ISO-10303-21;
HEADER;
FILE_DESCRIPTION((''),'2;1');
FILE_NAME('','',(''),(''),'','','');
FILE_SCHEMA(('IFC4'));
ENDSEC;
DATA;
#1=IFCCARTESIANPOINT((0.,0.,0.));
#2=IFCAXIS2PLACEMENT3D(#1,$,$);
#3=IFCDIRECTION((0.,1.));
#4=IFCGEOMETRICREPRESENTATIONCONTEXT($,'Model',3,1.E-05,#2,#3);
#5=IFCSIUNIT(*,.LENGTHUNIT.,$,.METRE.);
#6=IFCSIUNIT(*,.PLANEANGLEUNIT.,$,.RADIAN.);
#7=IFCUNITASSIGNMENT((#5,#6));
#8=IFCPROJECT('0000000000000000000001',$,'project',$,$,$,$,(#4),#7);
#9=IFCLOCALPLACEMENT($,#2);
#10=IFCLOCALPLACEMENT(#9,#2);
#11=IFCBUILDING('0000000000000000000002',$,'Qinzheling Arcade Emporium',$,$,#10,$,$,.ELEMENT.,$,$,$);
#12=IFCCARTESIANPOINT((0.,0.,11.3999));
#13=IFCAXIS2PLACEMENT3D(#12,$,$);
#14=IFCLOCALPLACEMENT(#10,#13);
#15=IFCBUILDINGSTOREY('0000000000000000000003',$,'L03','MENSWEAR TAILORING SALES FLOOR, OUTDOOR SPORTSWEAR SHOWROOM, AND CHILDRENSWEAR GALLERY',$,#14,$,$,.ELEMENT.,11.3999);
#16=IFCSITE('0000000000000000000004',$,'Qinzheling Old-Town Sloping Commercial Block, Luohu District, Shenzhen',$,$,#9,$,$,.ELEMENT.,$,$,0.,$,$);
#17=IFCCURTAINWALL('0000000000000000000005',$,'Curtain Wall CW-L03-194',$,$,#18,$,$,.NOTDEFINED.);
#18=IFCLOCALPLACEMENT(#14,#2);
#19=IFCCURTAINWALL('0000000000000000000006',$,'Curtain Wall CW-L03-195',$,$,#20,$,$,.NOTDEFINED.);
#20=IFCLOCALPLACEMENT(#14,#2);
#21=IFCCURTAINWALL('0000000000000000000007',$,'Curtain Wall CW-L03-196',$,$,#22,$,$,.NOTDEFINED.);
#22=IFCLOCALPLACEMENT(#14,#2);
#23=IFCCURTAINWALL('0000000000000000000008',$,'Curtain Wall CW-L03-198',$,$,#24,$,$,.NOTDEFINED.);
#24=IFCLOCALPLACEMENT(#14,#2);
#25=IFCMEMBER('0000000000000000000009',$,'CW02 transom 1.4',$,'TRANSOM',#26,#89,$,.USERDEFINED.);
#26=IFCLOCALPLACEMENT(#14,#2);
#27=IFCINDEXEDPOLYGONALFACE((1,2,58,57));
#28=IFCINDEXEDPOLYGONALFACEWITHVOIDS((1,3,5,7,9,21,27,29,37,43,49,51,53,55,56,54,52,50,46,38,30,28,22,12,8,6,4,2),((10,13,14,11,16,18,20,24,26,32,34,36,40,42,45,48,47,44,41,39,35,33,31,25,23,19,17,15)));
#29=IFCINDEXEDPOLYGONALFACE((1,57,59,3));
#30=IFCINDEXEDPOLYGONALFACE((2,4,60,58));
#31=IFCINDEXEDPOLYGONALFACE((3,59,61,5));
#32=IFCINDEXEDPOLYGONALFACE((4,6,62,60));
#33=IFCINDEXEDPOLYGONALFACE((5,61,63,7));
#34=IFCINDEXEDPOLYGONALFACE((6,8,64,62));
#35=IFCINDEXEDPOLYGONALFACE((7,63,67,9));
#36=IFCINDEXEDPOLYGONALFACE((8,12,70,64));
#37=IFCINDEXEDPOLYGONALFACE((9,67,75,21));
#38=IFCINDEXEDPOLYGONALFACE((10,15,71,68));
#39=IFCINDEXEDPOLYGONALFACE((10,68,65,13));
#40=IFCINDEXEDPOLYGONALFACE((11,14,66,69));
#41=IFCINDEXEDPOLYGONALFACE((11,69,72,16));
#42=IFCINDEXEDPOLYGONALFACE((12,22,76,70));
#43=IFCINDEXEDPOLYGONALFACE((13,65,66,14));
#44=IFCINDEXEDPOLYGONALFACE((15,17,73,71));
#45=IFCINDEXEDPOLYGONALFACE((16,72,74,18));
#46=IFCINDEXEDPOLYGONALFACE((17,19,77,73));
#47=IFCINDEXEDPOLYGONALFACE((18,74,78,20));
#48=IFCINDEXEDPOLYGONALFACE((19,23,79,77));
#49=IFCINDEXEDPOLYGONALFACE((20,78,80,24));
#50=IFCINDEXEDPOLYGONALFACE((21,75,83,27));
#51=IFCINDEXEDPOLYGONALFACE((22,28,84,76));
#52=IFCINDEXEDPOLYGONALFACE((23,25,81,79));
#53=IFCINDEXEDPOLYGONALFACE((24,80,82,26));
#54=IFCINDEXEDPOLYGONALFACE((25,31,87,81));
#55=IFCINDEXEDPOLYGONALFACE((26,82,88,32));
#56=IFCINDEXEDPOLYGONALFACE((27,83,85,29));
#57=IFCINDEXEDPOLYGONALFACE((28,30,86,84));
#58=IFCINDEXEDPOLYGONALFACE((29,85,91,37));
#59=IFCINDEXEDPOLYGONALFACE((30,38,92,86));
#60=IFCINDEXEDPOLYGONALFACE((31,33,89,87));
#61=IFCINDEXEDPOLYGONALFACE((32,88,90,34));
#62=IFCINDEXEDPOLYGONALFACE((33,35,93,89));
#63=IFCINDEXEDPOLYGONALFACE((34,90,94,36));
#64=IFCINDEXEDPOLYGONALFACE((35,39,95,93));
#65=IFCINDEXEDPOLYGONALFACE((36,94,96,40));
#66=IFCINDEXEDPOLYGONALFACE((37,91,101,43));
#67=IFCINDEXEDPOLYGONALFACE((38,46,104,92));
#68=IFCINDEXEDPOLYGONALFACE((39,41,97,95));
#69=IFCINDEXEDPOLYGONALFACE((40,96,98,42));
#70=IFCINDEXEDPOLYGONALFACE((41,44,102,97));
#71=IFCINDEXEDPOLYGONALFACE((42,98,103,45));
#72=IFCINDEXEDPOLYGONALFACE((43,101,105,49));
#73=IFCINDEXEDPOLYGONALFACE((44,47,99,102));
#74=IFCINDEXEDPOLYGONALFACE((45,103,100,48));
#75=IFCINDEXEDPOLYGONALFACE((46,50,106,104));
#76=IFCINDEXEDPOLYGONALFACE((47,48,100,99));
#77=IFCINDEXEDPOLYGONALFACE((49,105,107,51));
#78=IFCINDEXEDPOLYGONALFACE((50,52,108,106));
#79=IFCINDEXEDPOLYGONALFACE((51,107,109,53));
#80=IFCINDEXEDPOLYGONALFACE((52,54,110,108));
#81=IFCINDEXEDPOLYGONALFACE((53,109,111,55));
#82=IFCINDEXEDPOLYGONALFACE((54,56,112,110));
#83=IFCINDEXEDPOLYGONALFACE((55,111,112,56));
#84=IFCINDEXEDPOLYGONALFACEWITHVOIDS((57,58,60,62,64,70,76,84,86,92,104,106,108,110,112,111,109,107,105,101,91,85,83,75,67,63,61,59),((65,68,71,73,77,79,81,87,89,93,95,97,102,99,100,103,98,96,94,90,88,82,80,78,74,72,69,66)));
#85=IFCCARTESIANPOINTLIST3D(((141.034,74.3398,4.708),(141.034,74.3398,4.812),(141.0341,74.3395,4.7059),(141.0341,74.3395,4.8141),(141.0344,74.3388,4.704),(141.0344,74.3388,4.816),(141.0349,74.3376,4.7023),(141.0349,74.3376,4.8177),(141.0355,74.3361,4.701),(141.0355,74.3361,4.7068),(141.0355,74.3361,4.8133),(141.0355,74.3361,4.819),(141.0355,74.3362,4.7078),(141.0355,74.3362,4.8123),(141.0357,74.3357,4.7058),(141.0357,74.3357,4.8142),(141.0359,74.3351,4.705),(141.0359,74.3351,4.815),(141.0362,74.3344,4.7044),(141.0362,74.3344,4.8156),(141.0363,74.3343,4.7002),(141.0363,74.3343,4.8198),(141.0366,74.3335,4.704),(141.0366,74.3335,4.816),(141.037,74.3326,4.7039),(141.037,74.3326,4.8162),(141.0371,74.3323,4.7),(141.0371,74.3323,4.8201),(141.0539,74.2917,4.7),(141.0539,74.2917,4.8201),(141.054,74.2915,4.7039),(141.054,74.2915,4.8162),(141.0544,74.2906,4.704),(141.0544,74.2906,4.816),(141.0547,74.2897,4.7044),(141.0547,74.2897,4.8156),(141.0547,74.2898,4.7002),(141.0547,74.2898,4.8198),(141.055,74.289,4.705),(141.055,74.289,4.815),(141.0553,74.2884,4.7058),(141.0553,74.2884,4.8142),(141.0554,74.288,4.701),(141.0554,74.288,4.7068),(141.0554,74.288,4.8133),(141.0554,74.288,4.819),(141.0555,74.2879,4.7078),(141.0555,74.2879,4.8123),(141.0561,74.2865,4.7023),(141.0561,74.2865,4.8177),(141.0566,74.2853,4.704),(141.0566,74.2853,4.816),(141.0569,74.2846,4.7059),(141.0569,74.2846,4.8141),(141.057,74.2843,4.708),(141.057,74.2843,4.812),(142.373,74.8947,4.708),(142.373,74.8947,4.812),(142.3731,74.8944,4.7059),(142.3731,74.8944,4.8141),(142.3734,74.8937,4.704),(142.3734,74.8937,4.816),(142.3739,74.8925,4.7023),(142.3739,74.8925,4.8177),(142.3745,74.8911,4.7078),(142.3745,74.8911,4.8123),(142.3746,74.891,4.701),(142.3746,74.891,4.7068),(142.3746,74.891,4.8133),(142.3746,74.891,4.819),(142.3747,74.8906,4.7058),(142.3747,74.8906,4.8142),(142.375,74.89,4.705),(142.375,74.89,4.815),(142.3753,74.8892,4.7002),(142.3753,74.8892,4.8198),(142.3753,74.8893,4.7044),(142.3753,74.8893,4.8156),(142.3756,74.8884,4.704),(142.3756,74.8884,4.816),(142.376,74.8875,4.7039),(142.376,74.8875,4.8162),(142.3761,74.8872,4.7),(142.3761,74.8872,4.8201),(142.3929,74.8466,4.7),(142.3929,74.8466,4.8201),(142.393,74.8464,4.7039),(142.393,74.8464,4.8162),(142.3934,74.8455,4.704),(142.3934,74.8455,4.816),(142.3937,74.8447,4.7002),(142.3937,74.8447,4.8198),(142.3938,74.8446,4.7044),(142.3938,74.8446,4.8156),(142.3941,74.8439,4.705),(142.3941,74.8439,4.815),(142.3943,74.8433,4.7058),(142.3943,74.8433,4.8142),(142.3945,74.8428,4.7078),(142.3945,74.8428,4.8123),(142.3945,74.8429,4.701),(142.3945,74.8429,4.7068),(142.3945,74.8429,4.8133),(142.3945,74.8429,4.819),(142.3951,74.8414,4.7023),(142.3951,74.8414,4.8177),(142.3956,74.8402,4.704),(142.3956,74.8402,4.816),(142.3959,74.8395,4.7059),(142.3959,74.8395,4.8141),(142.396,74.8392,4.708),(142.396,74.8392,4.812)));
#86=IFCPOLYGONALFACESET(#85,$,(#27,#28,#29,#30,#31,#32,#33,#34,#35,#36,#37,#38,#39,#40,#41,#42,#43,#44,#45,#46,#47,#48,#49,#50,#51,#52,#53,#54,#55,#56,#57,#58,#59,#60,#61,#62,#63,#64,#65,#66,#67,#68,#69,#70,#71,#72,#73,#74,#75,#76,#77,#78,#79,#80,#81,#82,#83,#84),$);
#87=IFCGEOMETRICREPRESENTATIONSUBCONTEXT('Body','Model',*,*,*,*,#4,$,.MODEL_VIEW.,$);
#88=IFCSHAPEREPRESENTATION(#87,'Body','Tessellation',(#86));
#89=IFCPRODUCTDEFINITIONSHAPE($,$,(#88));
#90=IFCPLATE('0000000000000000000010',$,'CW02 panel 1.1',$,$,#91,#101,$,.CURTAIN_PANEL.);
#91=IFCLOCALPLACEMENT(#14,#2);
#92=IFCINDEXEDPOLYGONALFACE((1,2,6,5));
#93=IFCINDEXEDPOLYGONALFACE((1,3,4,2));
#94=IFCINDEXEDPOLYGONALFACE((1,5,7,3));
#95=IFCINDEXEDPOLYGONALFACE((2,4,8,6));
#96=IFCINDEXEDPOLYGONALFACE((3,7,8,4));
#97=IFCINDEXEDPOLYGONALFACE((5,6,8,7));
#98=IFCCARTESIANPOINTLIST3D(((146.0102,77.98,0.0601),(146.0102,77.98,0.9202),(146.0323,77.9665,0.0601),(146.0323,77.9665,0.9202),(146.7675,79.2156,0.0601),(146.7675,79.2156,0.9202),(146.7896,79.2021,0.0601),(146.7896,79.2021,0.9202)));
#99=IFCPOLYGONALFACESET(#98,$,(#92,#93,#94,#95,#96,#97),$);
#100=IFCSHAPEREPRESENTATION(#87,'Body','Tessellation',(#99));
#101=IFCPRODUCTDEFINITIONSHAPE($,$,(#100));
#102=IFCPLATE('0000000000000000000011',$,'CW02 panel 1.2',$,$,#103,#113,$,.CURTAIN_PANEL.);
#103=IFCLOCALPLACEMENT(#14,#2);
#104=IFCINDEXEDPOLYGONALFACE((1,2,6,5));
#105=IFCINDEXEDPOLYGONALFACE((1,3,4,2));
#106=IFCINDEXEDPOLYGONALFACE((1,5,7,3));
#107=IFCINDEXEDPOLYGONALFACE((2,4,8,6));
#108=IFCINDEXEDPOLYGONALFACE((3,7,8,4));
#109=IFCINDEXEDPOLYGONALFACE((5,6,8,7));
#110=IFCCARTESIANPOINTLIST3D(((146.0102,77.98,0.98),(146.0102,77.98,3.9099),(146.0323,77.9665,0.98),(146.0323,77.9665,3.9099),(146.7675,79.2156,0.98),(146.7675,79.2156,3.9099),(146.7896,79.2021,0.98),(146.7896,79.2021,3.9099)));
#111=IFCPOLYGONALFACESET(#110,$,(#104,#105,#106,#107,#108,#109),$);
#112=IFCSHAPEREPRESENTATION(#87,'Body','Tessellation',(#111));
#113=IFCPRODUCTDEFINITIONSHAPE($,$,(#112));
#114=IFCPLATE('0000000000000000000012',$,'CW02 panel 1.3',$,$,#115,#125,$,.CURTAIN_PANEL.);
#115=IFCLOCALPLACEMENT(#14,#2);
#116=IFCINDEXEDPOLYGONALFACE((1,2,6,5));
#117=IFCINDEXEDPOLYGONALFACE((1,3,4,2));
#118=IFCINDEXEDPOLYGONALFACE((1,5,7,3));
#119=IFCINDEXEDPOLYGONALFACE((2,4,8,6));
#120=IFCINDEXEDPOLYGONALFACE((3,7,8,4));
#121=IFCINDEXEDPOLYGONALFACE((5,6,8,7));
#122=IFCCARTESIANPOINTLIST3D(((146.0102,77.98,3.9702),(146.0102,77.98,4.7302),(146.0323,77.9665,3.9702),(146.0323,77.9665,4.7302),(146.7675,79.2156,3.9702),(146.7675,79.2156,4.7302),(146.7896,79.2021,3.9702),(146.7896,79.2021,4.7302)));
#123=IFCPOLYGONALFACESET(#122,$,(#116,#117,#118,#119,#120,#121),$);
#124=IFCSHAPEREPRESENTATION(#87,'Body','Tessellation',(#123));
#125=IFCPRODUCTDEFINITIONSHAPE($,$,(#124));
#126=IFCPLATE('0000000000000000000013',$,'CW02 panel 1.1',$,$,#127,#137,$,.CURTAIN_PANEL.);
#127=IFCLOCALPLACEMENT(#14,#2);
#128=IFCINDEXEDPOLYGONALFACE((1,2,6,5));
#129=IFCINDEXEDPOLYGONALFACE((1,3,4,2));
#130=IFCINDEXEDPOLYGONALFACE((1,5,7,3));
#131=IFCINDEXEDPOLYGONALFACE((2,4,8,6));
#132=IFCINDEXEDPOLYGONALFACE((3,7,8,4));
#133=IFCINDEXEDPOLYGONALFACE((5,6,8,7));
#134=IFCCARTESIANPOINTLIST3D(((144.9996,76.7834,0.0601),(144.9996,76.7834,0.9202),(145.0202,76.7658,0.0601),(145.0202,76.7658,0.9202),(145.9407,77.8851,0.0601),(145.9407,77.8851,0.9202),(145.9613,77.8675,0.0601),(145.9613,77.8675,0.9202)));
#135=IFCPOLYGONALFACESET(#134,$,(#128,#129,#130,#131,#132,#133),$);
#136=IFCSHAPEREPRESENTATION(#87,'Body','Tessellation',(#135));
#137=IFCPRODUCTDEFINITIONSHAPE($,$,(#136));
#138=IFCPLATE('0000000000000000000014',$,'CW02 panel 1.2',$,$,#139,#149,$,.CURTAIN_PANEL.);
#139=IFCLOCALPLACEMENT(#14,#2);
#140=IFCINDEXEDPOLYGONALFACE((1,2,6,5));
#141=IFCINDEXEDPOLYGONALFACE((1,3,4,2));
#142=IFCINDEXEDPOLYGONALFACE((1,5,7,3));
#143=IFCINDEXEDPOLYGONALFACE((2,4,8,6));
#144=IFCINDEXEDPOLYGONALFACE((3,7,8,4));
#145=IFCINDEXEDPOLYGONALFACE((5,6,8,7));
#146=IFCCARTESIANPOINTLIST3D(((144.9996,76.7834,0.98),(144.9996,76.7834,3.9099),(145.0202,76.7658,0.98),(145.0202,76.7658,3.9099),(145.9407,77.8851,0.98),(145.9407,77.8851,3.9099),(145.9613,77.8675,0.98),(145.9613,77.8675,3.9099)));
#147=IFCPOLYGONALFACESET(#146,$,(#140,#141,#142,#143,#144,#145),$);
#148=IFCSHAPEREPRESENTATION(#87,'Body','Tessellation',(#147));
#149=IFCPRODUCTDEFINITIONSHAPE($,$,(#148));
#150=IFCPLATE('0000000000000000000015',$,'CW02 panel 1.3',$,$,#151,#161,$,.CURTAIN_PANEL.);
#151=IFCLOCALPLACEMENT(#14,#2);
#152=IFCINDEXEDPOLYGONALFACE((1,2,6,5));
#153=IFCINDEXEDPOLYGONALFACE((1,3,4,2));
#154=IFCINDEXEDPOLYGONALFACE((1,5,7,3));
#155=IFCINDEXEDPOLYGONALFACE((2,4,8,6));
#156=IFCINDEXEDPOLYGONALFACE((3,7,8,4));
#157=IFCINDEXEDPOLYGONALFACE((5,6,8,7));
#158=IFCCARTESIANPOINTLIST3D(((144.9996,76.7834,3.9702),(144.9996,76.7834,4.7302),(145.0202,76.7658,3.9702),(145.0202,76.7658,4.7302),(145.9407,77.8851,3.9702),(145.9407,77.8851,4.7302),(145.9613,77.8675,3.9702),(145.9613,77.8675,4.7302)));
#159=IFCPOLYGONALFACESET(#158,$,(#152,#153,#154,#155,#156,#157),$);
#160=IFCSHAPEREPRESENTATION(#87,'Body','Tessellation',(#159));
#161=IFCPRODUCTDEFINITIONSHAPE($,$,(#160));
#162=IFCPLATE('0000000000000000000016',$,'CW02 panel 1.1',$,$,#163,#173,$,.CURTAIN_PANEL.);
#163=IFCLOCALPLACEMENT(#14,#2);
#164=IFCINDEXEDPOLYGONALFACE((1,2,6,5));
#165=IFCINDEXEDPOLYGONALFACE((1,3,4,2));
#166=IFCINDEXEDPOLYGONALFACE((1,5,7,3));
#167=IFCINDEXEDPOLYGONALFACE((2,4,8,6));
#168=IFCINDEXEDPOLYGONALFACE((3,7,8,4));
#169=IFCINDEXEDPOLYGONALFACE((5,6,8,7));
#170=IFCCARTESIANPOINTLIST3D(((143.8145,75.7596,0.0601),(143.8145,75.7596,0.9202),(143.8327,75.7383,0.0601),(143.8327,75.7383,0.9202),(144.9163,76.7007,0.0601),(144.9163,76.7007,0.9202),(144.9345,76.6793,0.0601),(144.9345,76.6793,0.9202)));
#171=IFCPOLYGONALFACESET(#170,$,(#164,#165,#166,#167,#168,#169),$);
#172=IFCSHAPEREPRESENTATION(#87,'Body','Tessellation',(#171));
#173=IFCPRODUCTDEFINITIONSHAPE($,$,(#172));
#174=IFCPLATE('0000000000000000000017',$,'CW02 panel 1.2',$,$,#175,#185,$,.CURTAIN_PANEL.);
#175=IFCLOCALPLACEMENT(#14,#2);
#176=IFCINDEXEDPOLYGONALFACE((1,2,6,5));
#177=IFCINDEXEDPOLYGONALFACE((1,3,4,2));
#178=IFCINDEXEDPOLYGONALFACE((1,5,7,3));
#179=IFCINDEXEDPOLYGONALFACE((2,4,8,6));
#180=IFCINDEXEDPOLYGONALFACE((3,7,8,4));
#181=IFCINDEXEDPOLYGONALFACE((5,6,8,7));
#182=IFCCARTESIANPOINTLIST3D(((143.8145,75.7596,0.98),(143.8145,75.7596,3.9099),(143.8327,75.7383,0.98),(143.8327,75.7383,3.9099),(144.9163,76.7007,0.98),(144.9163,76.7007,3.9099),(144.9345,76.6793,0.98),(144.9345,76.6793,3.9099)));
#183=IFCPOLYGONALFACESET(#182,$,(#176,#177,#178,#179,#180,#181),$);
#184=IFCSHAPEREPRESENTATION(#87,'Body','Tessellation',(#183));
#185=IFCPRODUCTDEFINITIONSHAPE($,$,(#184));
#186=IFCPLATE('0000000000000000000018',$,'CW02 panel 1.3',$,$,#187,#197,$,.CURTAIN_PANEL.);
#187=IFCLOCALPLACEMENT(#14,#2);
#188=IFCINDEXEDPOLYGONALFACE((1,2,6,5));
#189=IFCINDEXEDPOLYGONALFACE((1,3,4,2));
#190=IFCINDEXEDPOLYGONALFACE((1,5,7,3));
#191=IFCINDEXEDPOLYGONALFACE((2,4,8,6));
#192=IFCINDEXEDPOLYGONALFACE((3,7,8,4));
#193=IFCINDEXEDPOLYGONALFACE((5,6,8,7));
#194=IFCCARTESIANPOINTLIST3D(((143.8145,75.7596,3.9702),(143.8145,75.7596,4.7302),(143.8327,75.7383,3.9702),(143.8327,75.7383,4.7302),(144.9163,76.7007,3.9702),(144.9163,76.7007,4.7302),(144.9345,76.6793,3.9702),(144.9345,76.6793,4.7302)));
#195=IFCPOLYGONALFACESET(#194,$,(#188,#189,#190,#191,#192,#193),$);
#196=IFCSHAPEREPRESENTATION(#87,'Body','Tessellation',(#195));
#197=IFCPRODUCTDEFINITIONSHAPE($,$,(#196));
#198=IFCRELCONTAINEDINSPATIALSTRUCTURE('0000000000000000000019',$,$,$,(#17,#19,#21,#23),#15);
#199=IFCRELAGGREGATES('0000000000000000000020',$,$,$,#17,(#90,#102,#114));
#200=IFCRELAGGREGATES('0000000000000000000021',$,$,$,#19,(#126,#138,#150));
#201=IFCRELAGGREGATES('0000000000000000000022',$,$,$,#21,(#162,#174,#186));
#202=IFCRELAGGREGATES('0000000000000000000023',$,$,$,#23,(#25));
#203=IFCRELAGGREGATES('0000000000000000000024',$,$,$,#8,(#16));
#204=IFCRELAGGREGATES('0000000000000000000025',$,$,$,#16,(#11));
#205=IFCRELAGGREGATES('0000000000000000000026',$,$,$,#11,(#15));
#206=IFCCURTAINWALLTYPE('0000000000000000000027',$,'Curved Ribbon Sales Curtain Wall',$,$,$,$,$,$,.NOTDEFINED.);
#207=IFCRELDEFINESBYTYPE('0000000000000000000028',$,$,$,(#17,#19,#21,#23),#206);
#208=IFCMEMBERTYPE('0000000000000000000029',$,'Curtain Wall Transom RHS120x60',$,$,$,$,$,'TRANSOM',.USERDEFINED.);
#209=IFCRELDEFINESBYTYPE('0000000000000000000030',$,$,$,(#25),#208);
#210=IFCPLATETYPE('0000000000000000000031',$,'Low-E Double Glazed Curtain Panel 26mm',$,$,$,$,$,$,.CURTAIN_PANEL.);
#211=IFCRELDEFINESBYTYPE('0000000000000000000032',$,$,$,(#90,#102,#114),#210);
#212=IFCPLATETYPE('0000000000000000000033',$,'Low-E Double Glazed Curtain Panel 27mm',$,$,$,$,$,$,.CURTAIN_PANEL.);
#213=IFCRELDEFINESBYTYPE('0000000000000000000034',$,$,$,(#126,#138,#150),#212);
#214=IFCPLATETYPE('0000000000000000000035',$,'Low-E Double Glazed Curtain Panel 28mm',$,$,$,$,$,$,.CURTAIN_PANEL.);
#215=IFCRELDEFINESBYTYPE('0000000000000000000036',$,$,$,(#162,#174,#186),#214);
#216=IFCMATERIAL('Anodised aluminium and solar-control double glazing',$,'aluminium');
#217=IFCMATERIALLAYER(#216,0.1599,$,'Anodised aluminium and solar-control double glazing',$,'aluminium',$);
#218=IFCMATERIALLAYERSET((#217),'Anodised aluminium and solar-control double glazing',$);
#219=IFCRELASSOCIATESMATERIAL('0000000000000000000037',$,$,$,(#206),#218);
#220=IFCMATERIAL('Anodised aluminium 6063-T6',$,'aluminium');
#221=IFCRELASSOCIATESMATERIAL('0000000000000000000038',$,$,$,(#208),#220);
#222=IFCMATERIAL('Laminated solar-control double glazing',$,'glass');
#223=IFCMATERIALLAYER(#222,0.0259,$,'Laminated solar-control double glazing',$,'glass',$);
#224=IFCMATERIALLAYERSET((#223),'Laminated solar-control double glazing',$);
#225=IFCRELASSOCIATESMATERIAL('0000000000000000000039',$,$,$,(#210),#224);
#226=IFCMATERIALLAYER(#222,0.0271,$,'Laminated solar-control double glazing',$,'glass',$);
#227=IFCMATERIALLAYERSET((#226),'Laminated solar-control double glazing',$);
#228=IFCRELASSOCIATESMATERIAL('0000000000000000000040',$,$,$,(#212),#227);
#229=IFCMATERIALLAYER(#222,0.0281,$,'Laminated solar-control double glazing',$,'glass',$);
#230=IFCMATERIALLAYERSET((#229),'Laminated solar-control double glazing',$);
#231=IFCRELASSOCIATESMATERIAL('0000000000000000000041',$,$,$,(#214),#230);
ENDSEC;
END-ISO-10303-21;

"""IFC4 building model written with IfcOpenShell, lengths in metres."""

from ifc_helpers import new_model, si_unit, direction, frame, origin, origin_2d, place, context, subcontext, project, spatial, rectangle, hollow_rectangle, extrude, material, layer, layer_set, material_profile, profile_set, type_object, element, aggregate, save


model = new_model("IFC4")

# Units and contexts
model_context = context("Model", 3, precision=1e-05, world=origin(), true_north=direction((0.0, 1.0)))
body_context = subcontext(model_context, "Body", "Model", "MODEL_VIEW")
ifc_project = project(units=[si_unit("LENGTHUNIT", "METRE"), si_unit("PLANEANGLEUNIT", "RADIAN")], contexts=[model_context])

# Site, building, storey
site_placement = place(None, origin())
site = spatial("IfcSite", under=ifc_project, at=site_placement, Name="Qinzheling Old-Town Sloping Commercial Block, Luohu District, Shenzhen", CompositionType="ELEMENT", RefElevation=0.0)
building_placement = place(site_placement, origin())
building = spatial("IfcBuilding", under=site, at=building_placement, Name="Qinzheling Arcade Emporium", CompositionType="ELEMENT")
storey_placement = place(building_placement, frame((0.0, 0.0, 11.3999)))
storey = spatial("IfcBuildingStorey", under=building, at=storey_placement, Name="L03", Description="MENSWEAR TAILORING SALES FLOOR, OUTDOOR SPORTSWEAR SHOWROOM, AND CHILDRENSWEAR GALLERY", CompositionType="ELEMENT", Elevation=11.3999)

# Curtain wall
ifc_material_1 = material(Name="Anodised aluminium and solar-control double glazing", Category="aluminium")
ifc_layer_1 = layer(ifc_material_1, 0.1599, Name="Anodised aluminium and solar-control double glazing", Category="aluminium")
ifc_layer_set_1 = layer_set([ifc_layer_1], Name="Anodised aluminium and solar-control double glazing")
curtain_wall_type = type_object("IfcCurtainWallType", Name="Curved Ribbon Sales Curtain Wall", PredefinedType="NOTDEFINED", material=ifc_layer_set_1)
curtain_wall_1_placement = place(storey_placement, origin())
curtain_wall_1 = element("IfcCurtainWall", 1, at=curtain_wall_1_placement, inside=storey, type_object=curtain_wall_type, Name="Curtain Wall CW-L03-194", PredefinedType="NOTDEFINED")
ifc_material_2 = material(Name="Anodised aluminium 6063-T6", Category="aluminium")

# Curtain walls
curtain_wall_2_placement = place(storey_placement, origin())
curtain_wall_2 = element("IfcCurtainWall", 2, at=curtain_wall_2_placement, inside=storey, type_object=curtain_wall_type, Name="Curtain Wall CW-L03-195", PredefinedType="NOTDEFINED")
curtain_wall_3_placement = place(storey_placement, origin())
curtain_wall_3 = element("IfcCurtainWall", 3, at=curtain_wall_3_placement, inside=storey, type_object=curtain_wall_type, Name="Curtain Wall CW-L03-196", PredefinedType="NOTDEFINED")
curtain_wall_4_placement = place(storey_placement, origin())
curtain_wall_4 = element("IfcCurtainWall", 4, at=curtain_wall_4_placement, inside=storey, type_object=curtain_wall_type, Name="Curtain Wall CW-L03-198", PredefinedType="NOTDEFINED")

# Member
ifc_material_profile_1 = material_profile(ifc_material_2, hollow_rectangle(XDim=0.0601, YDim=0.1201, WallThickness=0.0039, InnerFilletRadius=0.0039, OuterFilletRadius=0.0081, at=origin_2d()), Name="RHS 120x60x4", Category="aluminium")
ifc_profile_set_1 = profile_set([ifc_material_profile_1], Name="Anodised aluminium 6063-T6")
member_type_1 = type_object("IfcMemberType", Name="Curtain Wall Transom RHS120x60", ElementType="TRANSOM", PredefinedType="USERDEFINED", material=ifc_profile_set_1)
member_1_placement = place(storey_placement, frame((142.3845, 74.8669, 4.76), z_axis=(-0.923818, -0.382833, 0.0), x_axis=(0.382833, -0.923818, 0.0)))
member_1 = element("IfcMember", 5, at=member_1_placement, type_object=member_type_1, Name="CW02 transom 1.4", ObjectType="TRANSOM", PredefinedType="USERDEFINED", context=body_context, shape_type="SweptSolid", body=[
    extrude(hollow_rectangle(XDim=0.0601, YDim=0.1201, WallThickness=0.0039, InnerFilletRadius=0.0039, OuterFilletRadius=0.0081, at=origin_2d()), origin(), (0.0, 0.0, 1.0), 1.4495),
])

# Plates
ifc_material_3 = material(Name="Laminated solar-control double glazing", Category="glass")
ifc_layer_2 = layer(ifc_material_3, 0.0259, Name="Laminated solar-control double glazing", Category="glass")
ifc_layer_set_2 = layer_set([ifc_layer_2], Name="Laminated solar-control double glazing")
plate_type_1 = type_object("IfcPlateType", Name="Low-E Double Glazed Curtain Panel 26mm", PredefinedType="CURTAIN_PANEL", material=ifc_layer_set_2)
plate_1_placement = place(storey_placement, frame((146.3999, 78.5911, 0.0601), z_axis=(0.0, 0.0, 1.0), x_axis=(-0.522532, -0.85262, 0.0)))
plate_1 = element("IfcPlate", 6, at=plate_1_placement, type_object=plate_type_1, Name="CW02 panel 1.1", PredefinedType="CURTAIN_PANEL", context=body_context, shape_type="SweptSolid", body=[
    extrude(rectangle(XDim=1.4492, YDim=0.0259, at=origin_2d()), origin(), (0.0, 0.0, 1.0), 0.8601),
])
plate_2_placement = place(storey_placement, frame((146.3999, 78.5911, 0.98), z_axis=(0.0, 0.0, 1.0), x_axis=(-0.522532, -0.85262, 0.0)))
plate_2 = element("IfcPlate", 7, at=plate_2_placement, type_object=plate_type_1, Name="CW02 panel 1.2", PredefinedType="CURTAIN_PANEL", context=body_context, shape_type="SweptSolid", body=[
    extrude(rectangle(XDim=1.4492, YDim=0.0259, at=origin_2d()), origin(), (0.0, 0.0, 1.0), 2.9299),
])
plate_3_placement = place(storey_placement, frame((146.3999, 78.5911, 3.9702), z_axis=(0.0, 0.0, 1.0), x_axis=(-0.522532, -0.85262, 0.0)))
plate_3 = element("IfcPlate", 8, at=plate_3_placement, type_object=plate_type_1, Name="CW02 panel 1.3", PredefinedType="CURTAIN_PANEL", context=body_context, shape_type="SweptSolid", body=[
    extrude(rectangle(XDim=1.4492, YDim=0.0259, at=origin_2d()), origin(), (0.0, 0.0, 1.0), 0.76),
])
aggregate(curtain_wall_1, [plate_1, plate_2, plate_3])
ifc_layer_3 = layer(ifc_material_3, 0.0271, Name="Laminated solar-control double glazing", Category="glass")
ifc_layer_set_3 = layer_set([ifc_layer_3], Name="Laminated solar-control double glazing")
plate_type_2 = type_object("IfcPlateType", Name="Low-E Double Glazed Curtain Panel 27mm", PredefinedType="CURTAIN_PANEL", material=ifc_layer_set_3)
plate_4_placement = place(storey_placement, frame((145.4805, 77.3254, 0.0601), z_axis=(0.0, 0.0, 1.0), x_axis=(-0.649478, -0.76038, 0.0)))
plate_4 = element("IfcPlate", 9, at=plate_4_placement, type_object=plate_type_2, Name="CW02 panel 1.1", PredefinedType="CURTAIN_PANEL", context=body_context, shape_type="SweptSolid", body=[
    extrude(rectangle(XDim=1.449, YDim=0.0271, at=origin_2d()), origin(), (0.0, 0.0, 1.0), 0.8601),
])
plate_5_placement = place(storey_placement, frame((145.4805, 77.3254, 0.98), z_axis=(0.0, 0.0, 1.0), x_axis=(-0.649478, -0.76038, 0.0)))
plate_5 = element("IfcPlate", 10, at=plate_5_placement, type_object=plate_type_2, Name="CW02 panel 1.2", PredefinedType="CURTAIN_PANEL", context=body_context, shape_type="SweptSolid", body=[
    extrude(rectangle(XDim=1.449, YDim=0.0271, at=origin_2d()), origin(), (0.0, 0.0, 1.0), 2.9299),
])
plate_6_placement = place(storey_placement, frame((145.4805, 77.3254, 3.9702), z_axis=(0.0, 0.0, 1.0), x_axis=(-0.649478, -0.76038, 0.0)))
plate_6 = element("IfcPlate", 11, at=plate_6_placement, type_object=plate_type_2, Name="CW02 panel 1.3", PredefinedType="CURTAIN_PANEL", context=body_context, shape_type="SweptSolid", body=[
    extrude(rectangle(XDim=1.449, YDim=0.0271, at=origin_2d()), origin(), (0.0, 0.0, 1.0), 0.76),
])
aggregate(curtain_wall_2, [plate_4, plate_5, plate_6])
ifc_layer_4 = layer(ifc_material_3, 0.0281, Name="Laminated solar-control double glazing", Category="glass")
ifc_layer_set_4 = layer_set([ifc_layer_4], Name="Laminated solar-control double glazing")
plate_type_3 = type_object("IfcPlateType", Name="Low-E Double Glazed Curtain Panel 28mm", PredefinedType="CURTAIN_PANEL", material=ifc_layer_set_4)
plate_7_placement = place(storey_placement, frame((144.3745, 76.2195, 0.0601), z_axis=(0.0, 0.0, 1.0), x_axis=(-0.76038, -0.649478, 0.0)))
plate_7 = element("IfcPlate", 12, at=plate_7_placement, type_object=plate_type_3, Name="CW02 panel 1.1", PredefinedType="CURTAIN_PANEL", context=body_context, shape_type="SweptSolid", body=[
    extrude(rectangle(XDim=1.449, YDim=0.0281, at=origin_2d()), origin(), (0.0, 0.0, 1.0), 0.8601),
])
plate_8_placement = place(storey_placement, frame((144.3745, 76.2195, 0.98), z_axis=(0.0, 0.0, 1.0), x_axis=(-0.76038, -0.649478, 0.0)))
plate_8 = element("IfcPlate", 13, at=plate_8_placement, type_object=plate_type_3, Name="CW02 panel 1.2", PredefinedType="CURTAIN_PANEL", context=body_context, shape_type="SweptSolid", body=[
    extrude(rectangle(XDim=1.449, YDim=0.0281, at=origin_2d()), origin(), (0.0, 0.0, 1.0), 2.9299),
])
plate_9_placement = place(storey_placement, frame((144.3745, 76.2195, 3.9702), z_axis=(0.0, 0.0, 1.0), x_axis=(-0.76038, -0.649478, 0.0)))
plate_9 = element("IfcPlate", 14, at=plate_9_placement, type_object=plate_type_3, Name="CW02 panel 1.3", PredefinedType="CURTAIN_PANEL", context=body_context, shape_type="SweptSolid", body=[
    extrude(rectangle(XDim=1.449, YDim=0.0281, at=origin_2d()), origin(), (0.0, 0.0, 1.0), 0.76),
])
aggregate(curtain_wall_3, [plate_7, plate_8, plate_9])
aggregate(curtain_wall_4, [member_1])

save(model, "model.ifc")
